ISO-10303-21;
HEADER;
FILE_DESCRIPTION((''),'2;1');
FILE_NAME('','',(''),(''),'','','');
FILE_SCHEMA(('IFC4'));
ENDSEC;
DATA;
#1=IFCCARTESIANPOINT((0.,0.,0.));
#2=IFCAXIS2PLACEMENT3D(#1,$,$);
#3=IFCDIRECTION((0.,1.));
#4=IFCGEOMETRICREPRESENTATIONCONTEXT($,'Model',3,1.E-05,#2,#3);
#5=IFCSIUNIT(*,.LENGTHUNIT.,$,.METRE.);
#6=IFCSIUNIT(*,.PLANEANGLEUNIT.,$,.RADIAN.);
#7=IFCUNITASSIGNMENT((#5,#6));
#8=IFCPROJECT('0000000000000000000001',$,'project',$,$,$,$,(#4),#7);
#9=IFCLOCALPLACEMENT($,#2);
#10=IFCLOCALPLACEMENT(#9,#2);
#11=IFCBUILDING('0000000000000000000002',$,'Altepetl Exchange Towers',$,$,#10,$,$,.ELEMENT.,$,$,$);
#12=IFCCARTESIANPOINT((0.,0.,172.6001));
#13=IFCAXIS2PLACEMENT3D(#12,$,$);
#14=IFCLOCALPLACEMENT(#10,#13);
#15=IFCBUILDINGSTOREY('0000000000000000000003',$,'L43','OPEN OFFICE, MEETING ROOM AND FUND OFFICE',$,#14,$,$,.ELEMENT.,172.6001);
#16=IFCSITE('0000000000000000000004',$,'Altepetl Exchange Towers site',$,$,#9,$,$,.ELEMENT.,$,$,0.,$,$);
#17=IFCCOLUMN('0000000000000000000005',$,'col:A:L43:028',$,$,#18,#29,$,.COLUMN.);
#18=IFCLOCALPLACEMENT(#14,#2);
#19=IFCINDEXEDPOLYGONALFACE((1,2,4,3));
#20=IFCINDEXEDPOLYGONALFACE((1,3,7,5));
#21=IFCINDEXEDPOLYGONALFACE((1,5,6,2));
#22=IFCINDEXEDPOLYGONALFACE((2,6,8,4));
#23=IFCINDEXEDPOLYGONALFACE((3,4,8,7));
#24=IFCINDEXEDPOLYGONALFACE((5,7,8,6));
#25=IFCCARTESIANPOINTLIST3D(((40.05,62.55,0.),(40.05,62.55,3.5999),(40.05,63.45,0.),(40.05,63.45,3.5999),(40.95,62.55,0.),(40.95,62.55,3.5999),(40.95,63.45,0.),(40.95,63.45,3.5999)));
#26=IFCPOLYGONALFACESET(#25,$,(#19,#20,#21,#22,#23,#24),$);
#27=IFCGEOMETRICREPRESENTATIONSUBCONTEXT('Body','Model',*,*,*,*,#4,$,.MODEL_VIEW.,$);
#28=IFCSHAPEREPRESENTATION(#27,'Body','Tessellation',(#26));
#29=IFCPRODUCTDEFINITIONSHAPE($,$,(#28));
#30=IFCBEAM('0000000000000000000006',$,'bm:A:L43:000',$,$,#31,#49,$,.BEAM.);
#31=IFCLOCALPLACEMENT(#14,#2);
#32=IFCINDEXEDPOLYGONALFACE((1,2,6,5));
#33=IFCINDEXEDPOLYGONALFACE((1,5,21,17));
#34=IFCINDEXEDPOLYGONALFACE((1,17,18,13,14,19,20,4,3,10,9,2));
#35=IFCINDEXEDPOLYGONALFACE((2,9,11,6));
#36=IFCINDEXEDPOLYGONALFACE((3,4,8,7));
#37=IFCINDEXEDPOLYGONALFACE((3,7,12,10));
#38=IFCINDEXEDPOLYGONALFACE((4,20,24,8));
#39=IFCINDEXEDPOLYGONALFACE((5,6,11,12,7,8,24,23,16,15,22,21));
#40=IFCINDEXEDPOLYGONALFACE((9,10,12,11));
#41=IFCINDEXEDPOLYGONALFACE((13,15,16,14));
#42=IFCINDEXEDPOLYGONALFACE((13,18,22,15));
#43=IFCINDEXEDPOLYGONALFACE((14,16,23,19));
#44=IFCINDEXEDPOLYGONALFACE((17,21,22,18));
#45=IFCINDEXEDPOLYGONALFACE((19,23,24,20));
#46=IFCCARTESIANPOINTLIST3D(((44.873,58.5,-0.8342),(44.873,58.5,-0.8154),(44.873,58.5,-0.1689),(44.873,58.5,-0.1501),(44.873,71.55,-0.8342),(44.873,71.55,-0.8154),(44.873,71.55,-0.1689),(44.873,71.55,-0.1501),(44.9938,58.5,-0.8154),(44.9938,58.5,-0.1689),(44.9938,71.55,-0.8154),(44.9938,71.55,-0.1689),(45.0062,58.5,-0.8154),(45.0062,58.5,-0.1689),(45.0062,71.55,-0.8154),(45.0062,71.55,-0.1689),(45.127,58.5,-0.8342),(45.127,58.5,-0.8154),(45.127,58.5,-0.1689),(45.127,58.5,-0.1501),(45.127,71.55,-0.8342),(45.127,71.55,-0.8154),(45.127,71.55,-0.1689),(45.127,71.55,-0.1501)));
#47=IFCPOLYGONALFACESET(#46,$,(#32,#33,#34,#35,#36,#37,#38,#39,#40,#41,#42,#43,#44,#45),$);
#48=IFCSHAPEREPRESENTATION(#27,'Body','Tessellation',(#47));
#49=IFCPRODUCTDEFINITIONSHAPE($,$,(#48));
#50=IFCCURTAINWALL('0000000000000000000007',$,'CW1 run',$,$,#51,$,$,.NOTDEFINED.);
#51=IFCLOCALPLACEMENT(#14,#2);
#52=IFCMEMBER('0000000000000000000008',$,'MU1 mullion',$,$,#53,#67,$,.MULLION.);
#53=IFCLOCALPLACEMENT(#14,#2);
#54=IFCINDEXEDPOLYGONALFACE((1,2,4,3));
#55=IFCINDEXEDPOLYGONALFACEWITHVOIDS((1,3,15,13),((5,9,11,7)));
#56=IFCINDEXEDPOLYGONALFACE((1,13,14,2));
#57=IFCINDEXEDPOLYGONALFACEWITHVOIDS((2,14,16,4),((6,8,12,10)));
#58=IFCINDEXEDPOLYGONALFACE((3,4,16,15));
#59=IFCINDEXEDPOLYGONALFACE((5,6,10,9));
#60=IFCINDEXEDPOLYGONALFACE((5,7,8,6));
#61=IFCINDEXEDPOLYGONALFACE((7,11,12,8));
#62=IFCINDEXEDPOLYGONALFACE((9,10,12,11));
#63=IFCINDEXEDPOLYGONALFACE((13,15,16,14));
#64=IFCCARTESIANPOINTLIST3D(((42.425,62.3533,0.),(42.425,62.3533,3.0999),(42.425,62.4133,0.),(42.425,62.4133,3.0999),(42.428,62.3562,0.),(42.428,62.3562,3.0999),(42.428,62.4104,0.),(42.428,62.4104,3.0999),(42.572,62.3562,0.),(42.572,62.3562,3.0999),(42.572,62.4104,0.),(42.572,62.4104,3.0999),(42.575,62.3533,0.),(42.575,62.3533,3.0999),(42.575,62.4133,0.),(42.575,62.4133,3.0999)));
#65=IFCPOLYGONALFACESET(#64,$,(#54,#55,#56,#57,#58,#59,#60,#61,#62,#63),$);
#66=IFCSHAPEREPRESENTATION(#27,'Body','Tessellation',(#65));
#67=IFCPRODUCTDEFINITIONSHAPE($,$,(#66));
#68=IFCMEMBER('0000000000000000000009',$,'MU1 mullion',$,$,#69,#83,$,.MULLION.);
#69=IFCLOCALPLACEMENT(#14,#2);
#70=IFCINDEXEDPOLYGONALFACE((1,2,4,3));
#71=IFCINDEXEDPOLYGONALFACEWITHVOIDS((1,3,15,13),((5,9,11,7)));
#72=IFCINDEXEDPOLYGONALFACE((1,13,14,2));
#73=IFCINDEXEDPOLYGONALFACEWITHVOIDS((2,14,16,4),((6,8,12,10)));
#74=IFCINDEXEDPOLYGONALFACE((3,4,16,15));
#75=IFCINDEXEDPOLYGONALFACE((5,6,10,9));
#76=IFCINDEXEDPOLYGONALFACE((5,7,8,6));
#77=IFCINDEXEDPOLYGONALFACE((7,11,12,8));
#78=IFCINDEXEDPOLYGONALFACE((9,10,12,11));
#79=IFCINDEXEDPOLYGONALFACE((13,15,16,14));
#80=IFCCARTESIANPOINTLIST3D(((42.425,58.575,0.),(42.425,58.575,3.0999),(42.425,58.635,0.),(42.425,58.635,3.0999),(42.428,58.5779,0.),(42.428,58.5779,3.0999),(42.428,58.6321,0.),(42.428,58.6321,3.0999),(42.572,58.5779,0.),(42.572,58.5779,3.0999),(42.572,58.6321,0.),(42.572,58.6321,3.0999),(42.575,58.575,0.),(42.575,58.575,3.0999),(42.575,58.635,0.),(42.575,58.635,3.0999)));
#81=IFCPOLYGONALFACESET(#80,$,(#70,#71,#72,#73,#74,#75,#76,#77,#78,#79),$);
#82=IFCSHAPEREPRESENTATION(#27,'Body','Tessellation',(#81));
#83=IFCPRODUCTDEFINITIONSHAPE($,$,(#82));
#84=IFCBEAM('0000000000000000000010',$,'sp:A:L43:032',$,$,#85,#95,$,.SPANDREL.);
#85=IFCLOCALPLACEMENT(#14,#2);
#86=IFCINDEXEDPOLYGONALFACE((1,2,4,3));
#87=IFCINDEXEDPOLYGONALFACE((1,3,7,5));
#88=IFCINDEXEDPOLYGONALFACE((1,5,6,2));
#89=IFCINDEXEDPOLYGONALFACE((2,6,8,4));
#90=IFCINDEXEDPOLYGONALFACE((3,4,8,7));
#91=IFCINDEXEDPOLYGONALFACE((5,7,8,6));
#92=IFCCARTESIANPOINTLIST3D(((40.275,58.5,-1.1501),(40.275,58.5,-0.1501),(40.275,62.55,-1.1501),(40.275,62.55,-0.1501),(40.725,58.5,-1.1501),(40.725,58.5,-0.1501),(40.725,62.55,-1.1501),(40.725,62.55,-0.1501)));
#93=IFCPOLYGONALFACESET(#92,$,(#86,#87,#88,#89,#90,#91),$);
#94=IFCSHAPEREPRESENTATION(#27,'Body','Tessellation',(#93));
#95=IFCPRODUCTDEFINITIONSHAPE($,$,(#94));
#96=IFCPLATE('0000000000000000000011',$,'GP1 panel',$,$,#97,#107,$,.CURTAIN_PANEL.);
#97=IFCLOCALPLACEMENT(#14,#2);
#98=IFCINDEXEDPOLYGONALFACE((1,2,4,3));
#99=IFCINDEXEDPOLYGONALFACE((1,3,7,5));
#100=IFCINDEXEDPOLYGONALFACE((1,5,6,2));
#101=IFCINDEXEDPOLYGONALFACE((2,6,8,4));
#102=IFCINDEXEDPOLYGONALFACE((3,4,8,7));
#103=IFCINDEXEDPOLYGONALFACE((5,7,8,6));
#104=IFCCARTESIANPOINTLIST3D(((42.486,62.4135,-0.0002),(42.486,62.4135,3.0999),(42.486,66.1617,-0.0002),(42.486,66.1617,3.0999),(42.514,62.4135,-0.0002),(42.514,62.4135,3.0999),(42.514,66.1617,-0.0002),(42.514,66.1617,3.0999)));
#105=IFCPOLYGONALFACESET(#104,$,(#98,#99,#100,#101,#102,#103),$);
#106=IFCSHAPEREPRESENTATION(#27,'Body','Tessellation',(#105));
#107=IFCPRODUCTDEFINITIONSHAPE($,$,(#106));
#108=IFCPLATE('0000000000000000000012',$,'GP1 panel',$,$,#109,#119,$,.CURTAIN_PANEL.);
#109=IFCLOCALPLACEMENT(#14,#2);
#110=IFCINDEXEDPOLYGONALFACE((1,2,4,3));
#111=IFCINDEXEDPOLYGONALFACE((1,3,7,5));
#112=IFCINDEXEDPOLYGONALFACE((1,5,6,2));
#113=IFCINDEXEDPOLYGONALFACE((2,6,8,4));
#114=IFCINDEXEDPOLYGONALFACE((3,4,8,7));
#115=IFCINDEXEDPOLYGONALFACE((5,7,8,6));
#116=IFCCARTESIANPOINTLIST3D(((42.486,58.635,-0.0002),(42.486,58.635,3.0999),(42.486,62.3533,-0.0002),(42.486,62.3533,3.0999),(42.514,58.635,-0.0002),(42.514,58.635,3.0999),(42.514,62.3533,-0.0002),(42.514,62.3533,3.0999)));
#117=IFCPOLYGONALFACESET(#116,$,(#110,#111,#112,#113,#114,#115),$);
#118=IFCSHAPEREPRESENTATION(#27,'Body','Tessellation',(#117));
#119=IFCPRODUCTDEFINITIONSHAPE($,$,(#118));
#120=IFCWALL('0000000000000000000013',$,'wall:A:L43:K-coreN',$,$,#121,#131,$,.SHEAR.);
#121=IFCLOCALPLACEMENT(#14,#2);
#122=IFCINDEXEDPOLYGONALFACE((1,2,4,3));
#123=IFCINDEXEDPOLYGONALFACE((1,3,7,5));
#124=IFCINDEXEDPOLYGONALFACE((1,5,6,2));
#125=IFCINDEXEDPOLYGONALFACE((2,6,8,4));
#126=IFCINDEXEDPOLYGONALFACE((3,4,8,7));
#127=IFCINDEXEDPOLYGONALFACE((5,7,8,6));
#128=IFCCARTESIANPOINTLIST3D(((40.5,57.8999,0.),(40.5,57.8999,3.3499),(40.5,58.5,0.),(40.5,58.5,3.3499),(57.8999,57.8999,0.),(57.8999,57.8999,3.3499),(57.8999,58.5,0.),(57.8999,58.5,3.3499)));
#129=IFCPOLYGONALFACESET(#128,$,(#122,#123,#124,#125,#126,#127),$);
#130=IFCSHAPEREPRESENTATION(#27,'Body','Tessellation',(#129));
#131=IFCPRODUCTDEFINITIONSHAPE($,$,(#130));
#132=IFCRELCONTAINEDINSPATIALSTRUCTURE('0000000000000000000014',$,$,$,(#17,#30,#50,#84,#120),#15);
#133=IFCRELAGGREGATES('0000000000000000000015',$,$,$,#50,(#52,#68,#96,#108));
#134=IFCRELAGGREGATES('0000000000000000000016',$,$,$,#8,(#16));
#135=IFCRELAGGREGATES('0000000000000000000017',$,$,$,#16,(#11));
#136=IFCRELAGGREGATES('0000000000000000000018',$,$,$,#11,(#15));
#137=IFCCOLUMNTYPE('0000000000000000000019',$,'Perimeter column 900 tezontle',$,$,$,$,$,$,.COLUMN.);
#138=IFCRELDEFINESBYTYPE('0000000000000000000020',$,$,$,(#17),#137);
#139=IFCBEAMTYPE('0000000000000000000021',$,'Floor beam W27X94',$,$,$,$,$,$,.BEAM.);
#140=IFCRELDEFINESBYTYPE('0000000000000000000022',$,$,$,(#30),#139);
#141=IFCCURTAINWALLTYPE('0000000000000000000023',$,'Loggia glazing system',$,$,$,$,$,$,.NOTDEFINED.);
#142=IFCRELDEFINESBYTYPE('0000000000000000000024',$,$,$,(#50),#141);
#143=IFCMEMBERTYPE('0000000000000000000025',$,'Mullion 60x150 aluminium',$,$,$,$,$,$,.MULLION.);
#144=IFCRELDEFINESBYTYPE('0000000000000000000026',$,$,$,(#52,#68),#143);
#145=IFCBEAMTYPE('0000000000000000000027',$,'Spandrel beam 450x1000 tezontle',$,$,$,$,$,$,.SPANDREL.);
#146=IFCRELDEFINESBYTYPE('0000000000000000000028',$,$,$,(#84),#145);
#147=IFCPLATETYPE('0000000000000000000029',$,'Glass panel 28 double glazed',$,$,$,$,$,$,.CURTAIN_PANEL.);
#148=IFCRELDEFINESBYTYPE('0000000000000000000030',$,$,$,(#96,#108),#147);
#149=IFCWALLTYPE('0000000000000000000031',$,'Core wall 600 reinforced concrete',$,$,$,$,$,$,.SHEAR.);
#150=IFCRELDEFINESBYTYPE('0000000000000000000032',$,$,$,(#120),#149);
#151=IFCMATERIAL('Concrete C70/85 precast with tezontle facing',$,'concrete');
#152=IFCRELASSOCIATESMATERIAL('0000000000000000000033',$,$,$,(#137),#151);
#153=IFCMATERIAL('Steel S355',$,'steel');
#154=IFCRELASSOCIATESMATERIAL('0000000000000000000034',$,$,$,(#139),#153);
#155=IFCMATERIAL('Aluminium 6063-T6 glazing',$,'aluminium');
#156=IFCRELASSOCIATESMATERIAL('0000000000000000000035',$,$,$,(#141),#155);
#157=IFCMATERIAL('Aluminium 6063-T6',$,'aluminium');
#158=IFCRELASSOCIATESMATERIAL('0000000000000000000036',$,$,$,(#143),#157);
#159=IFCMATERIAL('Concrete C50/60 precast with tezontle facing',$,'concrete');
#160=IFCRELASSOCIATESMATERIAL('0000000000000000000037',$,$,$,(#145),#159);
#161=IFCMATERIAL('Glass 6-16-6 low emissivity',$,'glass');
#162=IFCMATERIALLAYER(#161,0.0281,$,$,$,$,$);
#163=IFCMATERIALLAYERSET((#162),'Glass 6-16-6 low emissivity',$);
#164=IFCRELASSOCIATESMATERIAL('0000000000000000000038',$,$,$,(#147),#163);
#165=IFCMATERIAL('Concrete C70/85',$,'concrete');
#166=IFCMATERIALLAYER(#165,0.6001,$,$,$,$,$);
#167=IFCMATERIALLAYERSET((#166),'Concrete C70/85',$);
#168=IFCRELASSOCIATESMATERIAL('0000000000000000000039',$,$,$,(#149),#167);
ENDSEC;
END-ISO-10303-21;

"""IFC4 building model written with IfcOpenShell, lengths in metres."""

from ifc_helpers import new_model, si_unit, direction, frame, frame_2d, origin, origin_2d, place, context, subcontext, project, spatial, rectangle, hollow_rectangle, i_section, extrude, material, layer, layer_set, material_profile, profile_set, type_object, element, aggregate, save


model = new_model("IFC4")

# Units and contexts
model_context = context("Model", 3, precision=1e-05, world=origin(), true_north=direction((0.0, 1.0)))
body_context = subcontext(model_context, "Body", "Model", "MODEL_VIEW")
ifc_project = project(units=[si_unit("LENGTHUNIT", "METRE"), si_unit("PLANEANGLEUNIT", "RADIAN")], contexts=[model_context])

# Site, building, storey
site_placement = place(None, origin())
site = spatial("IfcSite", under=ifc_project, at=site_placement, Name="Altepetl Exchange Towers site", CompositionType="ELEMENT", RefElevation=0.0)
building_placement = place(site_placement, origin())
building = spatial("IfcBuilding", under=site, at=building_placement, Name="Altepetl Exchange Towers", CompositionType="ELEMENT")
storey_placement = place(building_placement, frame((0.0, 0.0, 172.6001)))
storey = spatial("IfcBuildingStorey", under=building, at=storey_placement, Name="L43", Description="OPEN OFFICE, MEETING ROOM AND FUND OFFICE", CompositionType="ELEMENT", Elevation=172.6001)

# Column
ifc_material_1 = material(Name="Concrete C70/85 precast with tezontle facing", Category="concrete")
ifc_material_profile_1 = material_profile(ifc_material_1, rectangle(XDim=0.8999, YDim=0.8999, at=origin_2d()), Name="900 x 900")
ifc_profile_set_1 = profile_set([ifc_material_profile_1], Name="Concrete C70/85 precast with tezontle facing")
column_type = type_object("IfcColumnType", Name="Perimeter column 900 tezontle", PredefinedType="COLUMN", material=ifc_profile_set_1)
column_placement = place(storey_placement, frame((40.5, 63.0, 0.0)))
element("IfcColumn", 1, at=column_placement, inside=storey, type_object=column_type, Name="col:A:L43:028", PredefinedType="COLUMN", context=body_context, shape_type="SweptSolid", body=[
    extrude(rectangle(XDim=0.8999, YDim=0.8999, at=origin_2d()), origin(), (0.0, 0.0, 1.0), 3.5999),
])

# Beam
ifc_material_2 = material(Name="Steel S355", Category="steel")
ifc_material_profile_2 = material_profile(ifc_material_2, i_section(OverallWidth=0.2539, OverallDepth=0.6841, WebThickness=0.0125, FlangeThickness=0.0188, at=origin_2d()), Name="W27X94")
ifc_profile_set_2 = profile_set([ifc_material_profile_2], Name="Steel S355")
beam_type_1 = type_object("IfcBeamType", Name="Floor beam W27X94", PredefinedType="BEAM", material=ifc_profile_set_2)
beam_1_placement = place(storey_placement, frame((45.0, 58.5, -0.4922), z_axis=(0.0, 1.0, 0.0), x_axis=(-1.0, 0.0, 0.0)))
element("IfcBeam", 2, at=beam_1_placement, inside=storey, type_object=beam_type_1, Name="bm:A:L43:000", PredefinedType="BEAM", context=body_context, shape_type="SweptSolid", body=[
    extrude(i_section(OverallWidth=0.2539, OverallDepth=0.6841, WebThickness=0.0125, FlangeThickness=0.0188, at=origin_2d()), origin(), (0.0, 0.0, 1.0), 13.05),
])

# Curtain wall, members
ifc_material_3 = material(Name="Aluminium 6063-T6 glazing", Category="aluminium")
curtain_wall_type = type_object("IfcCurtainWallType", Name="Loggia glazing system", PredefinedType="NOTDEFINED", material=ifc_material_3)
curtain_wall_placement = place(storey_placement, origin())
curtain_wall = element("IfcCurtainWall", 3, at=curtain_wall_placement, inside=storey, type_object=curtain_wall_type, Name="CW1 run", PredefinedType="NOTDEFINED")
ifc_material_4 = material(Name="Aluminium 6063-T6", Category="aluminium")
ifc_material_profile_3 = material_profile(ifc_material_4, hollow_rectangle(XDim=0.0601, YDim=0.1499, WallThickness=0.0029, at=origin_2d()), Name="Mullion 60x150 aluminium")
ifc_profile_set_3 = profile_set([ifc_material_profile_3], Name="Aluminium 6063-T6")
member_type = type_object("IfcMemberType", Name="Mullion 60x150 aluminium", PredefinedType="MULLION", material=ifc_profile_set_3)
member_1_placement = place(storey_placement, frame((42.5, 62.3833, 0.0), z_axis=(0.0, 0.0, 1.0), x_axis=(0.0, -1.0, 0.0)))
member_1 = element("IfcMember", 4, at=member_1_placement, type_object=member_type, Name="MU1 mullion", PredefinedType="MULLION", context=body_context, shape_type="SweptSolid", body=[
    extrude(hollow_rectangle(XDim=0.0601, YDim=0.1499, WallThickness=0.0029, at=origin_2d()), origin(), (0.0, 0.0, 1.0), 3.0999),
])
member_2_placement = place(storey_placement, frame((42.5, 58.605, 0.0), z_axis=(0.0, 0.0, 1.0), x_axis=(0.0, -1.0, 0.0)))
member_2 = element("IfcMember", 5, at=member_2_placement, type_object=member_type, Name="MU1 mullion", PredefinedType="MULLION", context=body_context, shape_type="SweptSolid", body=[
    extrude(hollow_rectangle(XDim=0.0601, YDim=0.1499, WallThickness=0.0029, at=origin_2d()), origin(), (0.0, 0.0, 1.0), 3.0999),
])

# Beam
ifc_material_5 = material(Name="Concrete C50/60 precast with tezontle facing", Category="concrete")
ifc_material_profile_4 = material_profile(ifc_material_5, rectangle(XDim=0.45, YDim=1.0, at=origin_2d()), Name="450 x 1000")
ifc_profile_set_4 = profile_set([ifc_material_profile_4], Name="Concrete C50/60 precast with tezontle facing")
beam_type_2 = type_object("IfcBeamType", Name="Spandrel beam 450x1000 tezontle", PredefinedType="SPANDREL", material=ifc_profile_set_4)
beam_2_placement = place(storey_placement, frame((40.5, 62.55, -0.6501), z_axis=(0.0, -1.0, 0.0), x_axis=(1.0, 0.0, 0.0)))
element("IfcBeam", 6, at=beam_2_placement, inside=storey, type_object=beam_type_2, Name="sp:A:L43:032", PredefinedType="SPANDREL", context=body_context, shape_type="SweptSolid", body=[
    extrude(rectangle(XDim=0.45, YDim=1.0, at=origin_2d()), origin(), (0.0, 0.0, 1.0), 4.05),
])

# Plates
ifc_material_6 = material(Name="Glass 6-16-6 low emissivity", Category="glass")
ifc_layer_1 = layer(ifc_material_6, 0.0281)
ifc_layer_set_1 = layer_set([ifc_layer_1], Name="Glass 6-16-6 low emissivity")
plate_type = type_object("IfcPlateType", Name="Glass panel 28 double glazed", PredefinedType="CURTAIN_PANEL", material=ifc_layer_set_1)
plate_1_placement = place(storey_placement, frame((42.5, 64.2876, -0.0002), z_axis=(0.0, 0.0, 1.0), x_axis=(0.0, -1.0, 0.0)))
plate_1 = element("IfcPlate", 7, at=plate_1_placement, type_object=plate_type, Name="GP1 panel", PredefinedType="CURTAIN_PANEL", context=body_context, shape_type="SweptSolid", body=[
    extrude(rectangle(XDim=3.7483, YDim=0.0281, at=origin_2d()), origin(), (0.0, 0.0, 1.0), 3.1001),
])
plate_2_placement = place(storey_placement, frame((42.5, 60.4941, -0.0002), z_axis=(0.0, 0.0, 1.0), x_axis=(0.0, -1.0, 0.0)))
plate_2 = element("IfcPlate", 8, at=plate_2_placement, type_object=plate_type, Name="GP1 panel", PredefinedType="CURTAIN_PANEL", context=body_context, shape_type="SweptSolid", body=[
    extrude(rectangle(XDim=3.7183, YDim=0.0281, at=origin_2d()), origin(), (0.0, 0.0, 1.0), 3.1001),
])
aggregate(curtain_wall, [member_1, member_2, plate_1, plate_2])

# Wall
ifc_material_7 = material(Name="Concrete C70/85", Category="concrete")
ifc_layer_2 = layer(ifc_material_7, 0.6001)
ifc_layer_set_2 = layer_set([ifc_layer_2], Name="Concrete C70/85")
wall_type_1 = type_object("IfcWallType", Name="Core wall 600 reinforced concrete", PredefinedType="SHEAR", material=ifc_layer_set_2)
wall_1_placement = place(storey_placement, frame((40.5, 58.2, 0.0)))
element("IfcWall", 9, at=wall_1_placement, inside=storey, type_object=wall_type_1, Name="wall:A:L43:K-coreN", PredefinedType="SHEAR", context=body_context, shape_type="SweptSolid", body=[
    extrude(rectangle(XDim=17.3999, YDim=0.6001, at=frame_2d((8.7, 0.0))), origin(), (0.0, 0.0, 1.0), 3.3499),
])

save(model, "model.ifc")
